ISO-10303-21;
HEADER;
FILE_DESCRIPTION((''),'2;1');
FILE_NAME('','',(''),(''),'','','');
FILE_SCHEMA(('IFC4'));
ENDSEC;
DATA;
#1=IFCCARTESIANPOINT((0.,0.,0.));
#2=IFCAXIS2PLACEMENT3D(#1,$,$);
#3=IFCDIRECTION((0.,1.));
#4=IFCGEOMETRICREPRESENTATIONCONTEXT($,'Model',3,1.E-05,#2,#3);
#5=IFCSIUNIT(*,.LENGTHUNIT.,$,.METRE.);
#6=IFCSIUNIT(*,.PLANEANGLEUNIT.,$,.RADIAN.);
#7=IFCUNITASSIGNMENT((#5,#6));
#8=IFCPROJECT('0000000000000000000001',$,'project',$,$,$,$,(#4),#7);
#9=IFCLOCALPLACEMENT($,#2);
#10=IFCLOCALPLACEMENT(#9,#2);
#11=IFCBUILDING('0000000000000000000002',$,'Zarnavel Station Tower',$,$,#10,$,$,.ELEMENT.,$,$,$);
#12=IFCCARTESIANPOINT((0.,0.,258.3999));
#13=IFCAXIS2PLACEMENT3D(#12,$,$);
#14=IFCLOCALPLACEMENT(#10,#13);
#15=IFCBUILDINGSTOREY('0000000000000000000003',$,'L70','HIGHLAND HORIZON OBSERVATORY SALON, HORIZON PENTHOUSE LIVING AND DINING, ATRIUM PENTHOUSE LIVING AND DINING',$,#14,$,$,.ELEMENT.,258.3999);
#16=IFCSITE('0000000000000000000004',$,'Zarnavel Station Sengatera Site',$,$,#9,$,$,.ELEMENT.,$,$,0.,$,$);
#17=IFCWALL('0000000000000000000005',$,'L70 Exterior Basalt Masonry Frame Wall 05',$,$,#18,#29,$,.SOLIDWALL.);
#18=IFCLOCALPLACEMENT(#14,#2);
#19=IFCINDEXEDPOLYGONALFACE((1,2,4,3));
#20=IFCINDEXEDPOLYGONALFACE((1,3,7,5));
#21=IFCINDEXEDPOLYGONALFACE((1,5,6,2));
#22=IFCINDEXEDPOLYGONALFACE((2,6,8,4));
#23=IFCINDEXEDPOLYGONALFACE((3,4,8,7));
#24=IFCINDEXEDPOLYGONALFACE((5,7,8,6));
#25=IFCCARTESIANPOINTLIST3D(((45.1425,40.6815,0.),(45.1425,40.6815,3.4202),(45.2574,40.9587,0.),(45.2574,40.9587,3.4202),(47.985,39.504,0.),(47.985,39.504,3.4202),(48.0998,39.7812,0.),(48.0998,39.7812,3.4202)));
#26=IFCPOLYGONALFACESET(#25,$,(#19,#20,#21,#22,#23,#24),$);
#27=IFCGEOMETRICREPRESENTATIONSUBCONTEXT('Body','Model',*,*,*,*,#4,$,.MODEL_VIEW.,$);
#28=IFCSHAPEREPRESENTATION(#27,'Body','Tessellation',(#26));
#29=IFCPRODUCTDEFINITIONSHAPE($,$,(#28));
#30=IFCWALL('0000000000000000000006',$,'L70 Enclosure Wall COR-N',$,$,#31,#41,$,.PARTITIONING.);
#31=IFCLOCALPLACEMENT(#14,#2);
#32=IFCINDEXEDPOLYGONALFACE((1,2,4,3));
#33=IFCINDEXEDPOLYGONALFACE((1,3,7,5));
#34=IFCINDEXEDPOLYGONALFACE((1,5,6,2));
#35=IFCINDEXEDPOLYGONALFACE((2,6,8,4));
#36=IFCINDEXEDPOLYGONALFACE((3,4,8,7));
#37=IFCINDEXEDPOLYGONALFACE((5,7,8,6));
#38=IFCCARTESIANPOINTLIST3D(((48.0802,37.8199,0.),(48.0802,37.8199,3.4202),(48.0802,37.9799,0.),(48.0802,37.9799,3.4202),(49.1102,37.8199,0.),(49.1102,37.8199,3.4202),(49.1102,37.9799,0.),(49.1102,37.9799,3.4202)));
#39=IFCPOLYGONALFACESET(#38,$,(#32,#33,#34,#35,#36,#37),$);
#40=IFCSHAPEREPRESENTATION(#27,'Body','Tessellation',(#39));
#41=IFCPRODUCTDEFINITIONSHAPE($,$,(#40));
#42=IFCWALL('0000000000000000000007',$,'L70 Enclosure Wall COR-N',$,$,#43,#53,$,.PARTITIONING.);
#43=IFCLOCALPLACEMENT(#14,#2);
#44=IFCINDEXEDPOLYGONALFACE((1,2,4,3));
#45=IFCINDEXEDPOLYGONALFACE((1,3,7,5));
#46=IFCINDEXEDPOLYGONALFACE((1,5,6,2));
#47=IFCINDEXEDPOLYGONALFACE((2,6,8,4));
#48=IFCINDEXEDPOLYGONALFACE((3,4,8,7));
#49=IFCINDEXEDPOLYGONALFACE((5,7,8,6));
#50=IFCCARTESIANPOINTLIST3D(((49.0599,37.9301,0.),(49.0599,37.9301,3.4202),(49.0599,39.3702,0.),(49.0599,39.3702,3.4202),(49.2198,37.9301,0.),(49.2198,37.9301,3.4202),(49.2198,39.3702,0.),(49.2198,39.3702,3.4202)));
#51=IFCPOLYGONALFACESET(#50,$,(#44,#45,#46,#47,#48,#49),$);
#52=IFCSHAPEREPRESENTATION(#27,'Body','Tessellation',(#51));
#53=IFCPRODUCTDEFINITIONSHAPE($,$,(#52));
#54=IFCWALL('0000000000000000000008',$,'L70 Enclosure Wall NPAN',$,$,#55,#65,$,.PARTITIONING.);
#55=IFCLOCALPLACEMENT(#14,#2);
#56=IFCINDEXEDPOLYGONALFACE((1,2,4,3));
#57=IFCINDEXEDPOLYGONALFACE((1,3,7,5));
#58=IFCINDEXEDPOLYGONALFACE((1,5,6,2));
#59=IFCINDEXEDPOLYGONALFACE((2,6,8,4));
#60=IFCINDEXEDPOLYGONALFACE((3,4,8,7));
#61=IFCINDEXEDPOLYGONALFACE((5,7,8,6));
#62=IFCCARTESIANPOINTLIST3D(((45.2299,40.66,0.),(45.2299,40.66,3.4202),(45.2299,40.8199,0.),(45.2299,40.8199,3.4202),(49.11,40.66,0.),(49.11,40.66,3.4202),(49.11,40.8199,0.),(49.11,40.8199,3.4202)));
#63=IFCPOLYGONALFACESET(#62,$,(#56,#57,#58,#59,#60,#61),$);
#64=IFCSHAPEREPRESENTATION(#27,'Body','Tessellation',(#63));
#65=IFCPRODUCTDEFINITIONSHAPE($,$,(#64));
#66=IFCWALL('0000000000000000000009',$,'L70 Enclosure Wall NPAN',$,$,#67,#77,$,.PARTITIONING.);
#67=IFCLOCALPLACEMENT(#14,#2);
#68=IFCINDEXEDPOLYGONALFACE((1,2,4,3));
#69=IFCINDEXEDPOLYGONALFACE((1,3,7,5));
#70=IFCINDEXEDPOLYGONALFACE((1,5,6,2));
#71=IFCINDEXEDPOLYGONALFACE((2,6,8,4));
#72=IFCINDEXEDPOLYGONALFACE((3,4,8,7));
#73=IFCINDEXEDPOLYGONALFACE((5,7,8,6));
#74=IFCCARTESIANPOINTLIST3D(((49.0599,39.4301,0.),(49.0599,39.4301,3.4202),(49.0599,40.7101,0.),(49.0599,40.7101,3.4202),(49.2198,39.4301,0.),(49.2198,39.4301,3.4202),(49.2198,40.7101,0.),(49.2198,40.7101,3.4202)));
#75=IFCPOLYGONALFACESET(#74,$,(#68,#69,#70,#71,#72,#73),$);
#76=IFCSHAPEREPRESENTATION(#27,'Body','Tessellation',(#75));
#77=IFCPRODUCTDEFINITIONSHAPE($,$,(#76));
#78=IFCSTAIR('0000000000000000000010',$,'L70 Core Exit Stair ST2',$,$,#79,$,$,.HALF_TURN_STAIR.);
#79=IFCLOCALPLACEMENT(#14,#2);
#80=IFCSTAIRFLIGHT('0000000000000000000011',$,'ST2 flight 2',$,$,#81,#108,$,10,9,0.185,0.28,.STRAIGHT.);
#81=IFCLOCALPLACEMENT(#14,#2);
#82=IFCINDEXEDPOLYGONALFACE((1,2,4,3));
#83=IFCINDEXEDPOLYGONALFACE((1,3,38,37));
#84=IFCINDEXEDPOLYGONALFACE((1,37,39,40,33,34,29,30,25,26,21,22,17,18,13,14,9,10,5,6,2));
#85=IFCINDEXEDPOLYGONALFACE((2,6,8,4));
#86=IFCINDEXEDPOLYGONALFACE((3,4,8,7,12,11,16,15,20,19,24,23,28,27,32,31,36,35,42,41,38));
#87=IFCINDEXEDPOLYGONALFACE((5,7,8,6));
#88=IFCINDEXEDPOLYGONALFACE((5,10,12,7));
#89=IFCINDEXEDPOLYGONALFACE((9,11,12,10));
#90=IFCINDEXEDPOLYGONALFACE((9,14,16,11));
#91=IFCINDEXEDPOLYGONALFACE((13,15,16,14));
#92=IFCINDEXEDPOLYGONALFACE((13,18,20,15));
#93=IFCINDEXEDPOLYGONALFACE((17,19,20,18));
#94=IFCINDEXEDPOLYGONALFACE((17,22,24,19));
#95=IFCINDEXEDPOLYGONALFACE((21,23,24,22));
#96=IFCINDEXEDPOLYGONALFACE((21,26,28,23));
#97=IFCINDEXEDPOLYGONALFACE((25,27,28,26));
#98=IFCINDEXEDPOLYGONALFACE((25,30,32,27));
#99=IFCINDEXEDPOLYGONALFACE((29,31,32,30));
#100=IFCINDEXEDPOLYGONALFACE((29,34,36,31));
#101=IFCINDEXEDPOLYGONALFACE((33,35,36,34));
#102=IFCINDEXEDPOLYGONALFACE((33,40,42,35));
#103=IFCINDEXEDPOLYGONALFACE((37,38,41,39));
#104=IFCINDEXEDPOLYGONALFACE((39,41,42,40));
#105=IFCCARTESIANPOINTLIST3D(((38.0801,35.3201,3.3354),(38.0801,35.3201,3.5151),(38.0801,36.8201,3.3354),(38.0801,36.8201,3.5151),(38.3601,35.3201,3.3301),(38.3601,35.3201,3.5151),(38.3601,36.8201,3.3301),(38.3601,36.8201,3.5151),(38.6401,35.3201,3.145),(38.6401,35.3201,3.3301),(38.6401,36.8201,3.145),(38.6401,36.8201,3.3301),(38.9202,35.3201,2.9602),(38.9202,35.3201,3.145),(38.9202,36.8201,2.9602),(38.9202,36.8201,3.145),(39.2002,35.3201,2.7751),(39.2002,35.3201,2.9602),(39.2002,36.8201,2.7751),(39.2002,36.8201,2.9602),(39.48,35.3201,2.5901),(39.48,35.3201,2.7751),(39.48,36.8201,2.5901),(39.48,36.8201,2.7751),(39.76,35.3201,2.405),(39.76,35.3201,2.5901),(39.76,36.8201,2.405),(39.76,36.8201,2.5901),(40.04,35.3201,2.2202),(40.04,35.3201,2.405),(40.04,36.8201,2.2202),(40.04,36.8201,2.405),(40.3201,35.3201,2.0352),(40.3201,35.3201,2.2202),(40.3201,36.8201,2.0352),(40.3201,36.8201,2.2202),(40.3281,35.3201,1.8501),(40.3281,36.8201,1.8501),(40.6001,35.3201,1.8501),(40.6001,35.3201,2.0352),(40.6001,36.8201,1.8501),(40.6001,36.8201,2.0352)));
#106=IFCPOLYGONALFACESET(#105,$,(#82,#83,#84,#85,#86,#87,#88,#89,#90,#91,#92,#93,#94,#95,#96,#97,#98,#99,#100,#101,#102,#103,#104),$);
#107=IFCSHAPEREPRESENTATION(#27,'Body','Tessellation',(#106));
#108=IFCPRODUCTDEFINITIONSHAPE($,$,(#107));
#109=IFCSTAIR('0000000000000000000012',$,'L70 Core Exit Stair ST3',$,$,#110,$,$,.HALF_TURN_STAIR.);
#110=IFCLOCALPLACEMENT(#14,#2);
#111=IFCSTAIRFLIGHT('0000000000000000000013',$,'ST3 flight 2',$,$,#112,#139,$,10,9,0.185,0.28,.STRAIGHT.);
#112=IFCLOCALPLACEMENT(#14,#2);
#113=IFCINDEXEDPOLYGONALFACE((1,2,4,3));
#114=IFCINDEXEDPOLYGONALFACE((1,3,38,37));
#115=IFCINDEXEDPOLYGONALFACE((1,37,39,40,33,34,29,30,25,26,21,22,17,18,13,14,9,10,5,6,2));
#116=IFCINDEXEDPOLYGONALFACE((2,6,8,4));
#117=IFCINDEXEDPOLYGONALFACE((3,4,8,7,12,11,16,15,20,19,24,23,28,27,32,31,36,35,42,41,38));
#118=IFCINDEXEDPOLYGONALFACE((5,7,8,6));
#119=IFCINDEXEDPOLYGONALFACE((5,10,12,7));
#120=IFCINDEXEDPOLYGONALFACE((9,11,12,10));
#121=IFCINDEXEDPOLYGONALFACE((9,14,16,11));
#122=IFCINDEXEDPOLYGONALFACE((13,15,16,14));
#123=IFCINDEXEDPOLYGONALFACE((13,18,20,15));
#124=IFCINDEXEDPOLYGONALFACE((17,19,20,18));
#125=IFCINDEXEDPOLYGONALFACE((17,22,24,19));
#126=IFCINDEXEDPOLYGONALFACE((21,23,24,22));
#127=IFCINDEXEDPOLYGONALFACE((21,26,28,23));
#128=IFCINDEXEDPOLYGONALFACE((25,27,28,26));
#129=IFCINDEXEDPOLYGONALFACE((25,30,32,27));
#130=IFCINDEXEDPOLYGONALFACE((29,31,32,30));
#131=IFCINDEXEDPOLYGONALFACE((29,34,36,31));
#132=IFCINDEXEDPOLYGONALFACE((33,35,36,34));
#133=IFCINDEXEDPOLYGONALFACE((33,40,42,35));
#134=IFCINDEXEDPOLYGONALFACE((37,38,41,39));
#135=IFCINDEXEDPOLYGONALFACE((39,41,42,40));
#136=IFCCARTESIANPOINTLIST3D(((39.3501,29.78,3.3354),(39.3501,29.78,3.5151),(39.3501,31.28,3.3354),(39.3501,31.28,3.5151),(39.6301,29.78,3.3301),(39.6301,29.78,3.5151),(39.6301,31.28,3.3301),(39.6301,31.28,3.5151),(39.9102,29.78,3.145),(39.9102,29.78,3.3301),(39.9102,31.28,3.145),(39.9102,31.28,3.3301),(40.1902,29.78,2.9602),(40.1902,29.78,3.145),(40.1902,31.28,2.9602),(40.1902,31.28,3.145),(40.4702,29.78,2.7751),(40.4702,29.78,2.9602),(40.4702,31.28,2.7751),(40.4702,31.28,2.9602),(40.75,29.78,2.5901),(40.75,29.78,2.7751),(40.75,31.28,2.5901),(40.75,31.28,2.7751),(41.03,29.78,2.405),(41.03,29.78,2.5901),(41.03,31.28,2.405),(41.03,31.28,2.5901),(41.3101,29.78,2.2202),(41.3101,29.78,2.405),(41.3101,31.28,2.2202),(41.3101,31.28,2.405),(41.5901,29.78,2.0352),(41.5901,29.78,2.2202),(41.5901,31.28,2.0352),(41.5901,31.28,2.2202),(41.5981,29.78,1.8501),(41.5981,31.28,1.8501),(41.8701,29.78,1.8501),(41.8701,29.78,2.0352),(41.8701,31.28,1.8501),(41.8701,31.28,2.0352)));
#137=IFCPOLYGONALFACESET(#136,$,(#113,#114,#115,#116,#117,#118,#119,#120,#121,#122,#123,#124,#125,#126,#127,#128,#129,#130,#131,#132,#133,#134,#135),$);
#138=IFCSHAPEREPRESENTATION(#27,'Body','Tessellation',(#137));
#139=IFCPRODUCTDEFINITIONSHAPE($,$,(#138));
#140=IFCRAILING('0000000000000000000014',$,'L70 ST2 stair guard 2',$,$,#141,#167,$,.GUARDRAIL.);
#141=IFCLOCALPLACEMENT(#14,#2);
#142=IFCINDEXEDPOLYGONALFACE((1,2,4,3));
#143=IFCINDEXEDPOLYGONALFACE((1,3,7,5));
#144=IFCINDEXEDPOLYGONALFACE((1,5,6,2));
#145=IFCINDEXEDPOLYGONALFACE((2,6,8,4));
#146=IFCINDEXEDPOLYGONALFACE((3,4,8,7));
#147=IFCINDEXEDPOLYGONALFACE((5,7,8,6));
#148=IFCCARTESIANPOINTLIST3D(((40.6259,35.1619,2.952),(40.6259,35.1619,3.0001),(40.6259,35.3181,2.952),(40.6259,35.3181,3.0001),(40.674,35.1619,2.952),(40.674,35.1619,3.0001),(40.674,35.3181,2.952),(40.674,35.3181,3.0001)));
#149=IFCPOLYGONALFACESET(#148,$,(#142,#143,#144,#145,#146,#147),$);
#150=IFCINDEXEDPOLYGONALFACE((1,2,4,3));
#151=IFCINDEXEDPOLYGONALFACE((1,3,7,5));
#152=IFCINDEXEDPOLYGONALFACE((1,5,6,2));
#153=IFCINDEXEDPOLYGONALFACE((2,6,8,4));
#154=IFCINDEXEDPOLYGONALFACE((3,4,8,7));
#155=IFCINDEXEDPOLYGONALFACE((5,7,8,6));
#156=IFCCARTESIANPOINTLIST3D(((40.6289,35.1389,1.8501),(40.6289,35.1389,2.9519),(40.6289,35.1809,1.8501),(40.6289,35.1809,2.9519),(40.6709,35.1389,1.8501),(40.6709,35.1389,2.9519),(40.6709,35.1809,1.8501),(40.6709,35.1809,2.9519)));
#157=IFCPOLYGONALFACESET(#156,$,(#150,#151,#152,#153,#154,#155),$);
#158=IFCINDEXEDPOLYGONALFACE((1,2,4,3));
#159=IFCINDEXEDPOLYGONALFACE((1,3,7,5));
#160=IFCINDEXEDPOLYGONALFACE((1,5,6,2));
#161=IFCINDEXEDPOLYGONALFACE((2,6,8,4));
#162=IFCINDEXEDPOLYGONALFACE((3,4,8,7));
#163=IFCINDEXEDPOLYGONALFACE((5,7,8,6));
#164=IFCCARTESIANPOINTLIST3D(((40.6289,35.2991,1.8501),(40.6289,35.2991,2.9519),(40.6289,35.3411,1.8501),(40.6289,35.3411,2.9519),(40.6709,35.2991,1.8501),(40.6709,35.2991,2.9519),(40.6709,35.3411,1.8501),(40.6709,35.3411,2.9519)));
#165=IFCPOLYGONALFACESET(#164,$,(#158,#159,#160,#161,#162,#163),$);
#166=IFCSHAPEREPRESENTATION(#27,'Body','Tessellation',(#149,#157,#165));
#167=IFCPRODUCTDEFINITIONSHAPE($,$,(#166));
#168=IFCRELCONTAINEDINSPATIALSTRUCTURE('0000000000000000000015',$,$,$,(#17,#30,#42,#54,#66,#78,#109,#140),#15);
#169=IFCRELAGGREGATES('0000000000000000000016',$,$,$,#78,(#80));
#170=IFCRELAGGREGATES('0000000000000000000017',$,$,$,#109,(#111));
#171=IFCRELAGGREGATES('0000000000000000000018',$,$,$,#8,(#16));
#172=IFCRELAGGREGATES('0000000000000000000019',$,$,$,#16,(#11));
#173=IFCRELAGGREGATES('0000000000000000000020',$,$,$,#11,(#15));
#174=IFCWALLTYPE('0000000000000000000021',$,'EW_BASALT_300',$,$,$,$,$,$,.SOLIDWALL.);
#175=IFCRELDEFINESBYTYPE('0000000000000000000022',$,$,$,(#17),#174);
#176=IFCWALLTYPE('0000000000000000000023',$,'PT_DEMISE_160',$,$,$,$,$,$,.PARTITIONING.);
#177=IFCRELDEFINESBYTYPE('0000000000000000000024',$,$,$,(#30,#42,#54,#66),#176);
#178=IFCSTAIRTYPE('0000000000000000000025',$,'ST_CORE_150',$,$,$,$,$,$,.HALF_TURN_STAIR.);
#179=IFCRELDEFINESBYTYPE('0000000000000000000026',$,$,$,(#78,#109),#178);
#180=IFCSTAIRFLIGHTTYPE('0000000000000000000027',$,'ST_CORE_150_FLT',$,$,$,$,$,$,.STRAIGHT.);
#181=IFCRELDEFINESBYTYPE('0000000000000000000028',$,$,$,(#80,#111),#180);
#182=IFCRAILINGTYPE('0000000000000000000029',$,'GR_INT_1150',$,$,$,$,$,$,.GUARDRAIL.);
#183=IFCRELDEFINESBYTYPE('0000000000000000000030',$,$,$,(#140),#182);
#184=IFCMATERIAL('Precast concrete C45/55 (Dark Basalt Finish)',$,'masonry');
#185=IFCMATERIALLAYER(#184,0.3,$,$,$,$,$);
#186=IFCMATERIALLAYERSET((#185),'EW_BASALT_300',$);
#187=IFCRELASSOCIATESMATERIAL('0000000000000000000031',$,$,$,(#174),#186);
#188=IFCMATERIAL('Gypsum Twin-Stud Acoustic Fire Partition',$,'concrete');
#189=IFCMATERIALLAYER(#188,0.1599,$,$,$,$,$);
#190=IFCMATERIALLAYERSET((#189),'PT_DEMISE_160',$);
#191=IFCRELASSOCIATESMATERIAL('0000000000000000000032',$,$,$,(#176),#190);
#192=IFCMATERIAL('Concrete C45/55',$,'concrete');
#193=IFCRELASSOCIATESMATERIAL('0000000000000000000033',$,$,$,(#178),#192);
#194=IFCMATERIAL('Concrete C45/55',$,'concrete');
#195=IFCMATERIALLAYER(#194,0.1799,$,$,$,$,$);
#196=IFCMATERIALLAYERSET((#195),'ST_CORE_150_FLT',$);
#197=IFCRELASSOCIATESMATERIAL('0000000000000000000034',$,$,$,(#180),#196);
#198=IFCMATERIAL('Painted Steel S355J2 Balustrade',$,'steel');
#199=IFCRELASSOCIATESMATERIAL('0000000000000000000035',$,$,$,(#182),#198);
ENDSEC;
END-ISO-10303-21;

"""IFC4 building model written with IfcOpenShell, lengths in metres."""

from ifc_helpers import new_model, si_unit, direction, frame, frame_2d, origin, origin_2d, place, context, subcontext, project, spatial, polyline, rectangle, outline, extrude, material, layer, layer_set, type_object, element, aggregate, save


model = new_model("IFC4")

# Units and contexts
model_context = context("Model", 3, precision=1e-05, world=origin(), true_north=direction((0.0, 1.0)))
body_context = subcontext(model_context, "Body", "Model", "MODEL_VIEW")
ifc_project = project(units=[si_unit("LENGTHUNIT", "METRE"), si_unit("PLANEANGLEUNIT", "RADIAN")], contexts=[model_context])

# Site, building, storey
site_placement = place(None, origin())
site = spatial("IfcSite", under=ifc_project, at=site_placement, Name="Zarnavel Station Sengatera Site", CompositionType="ELEMENT", RefElevation=0.0)
building_placement = place(site_placement, origin())
building = spatial("IfcBuilding", under=site, at=building_placement, Name="Zarnavel Station Tower", CompositionType="ELEMENT")
storey_placement = place(building_placement, frame((0.0, 0.0, 258.3999)))
storey = spatial("IfcBuildingStorey", under=building, at=storey_placement, Name="L70", Description="HIGHLAND HORIZON OBSERVATORY SALON, HORIZON PENTHOUSE LIVING AND DINING, ATRIUM PENTHOUSE LIVING AND DINING", CompositionType="ELEMENT", Elevation=258.3999)

# Shared definitions
ifc_material_1 = material(Name="Precast concrete C45/55 (Dark Basalt Finish)", Category="masonry")
ifc_layer_1 = layer(ifc_material_1, 0.3)
ifc_layer_set_1 = layer_set([ifc_layer_1], Name="EW_BASALT_300")
wall_type_1 = type_object("IfcWallType", Name="EW_BASALT_300", PredefinedType="SOLIDWALL", material=ifc_layer_set_1)

# Walls
for number, where, z_axis, x_axis, name in (
    (1, (45.2, 40.8201, 0.0), (0.0, 0.0, 1.0), (0.923871, -0.382705, 0.0), "L70 Exterior Basalt Masonry Frame Wall 05"),
):
    element("IfcWall", number, at=place(storey_placement, frame(where, z_axis=z_axis, x_axis=x_axis)), inside=storey, type_object=wall_type_1, Name=name, PredefinedType="SOLIDWALL", context=body_context, shape_type="SweptSolid", body=[
        extrude(rectangle(XDim=3.0767, YDim=0.3, at=frame_2d((1.5383, 0.0))), origin(), (0.0, 0.0, 1.0), 3.4202),
    ])
ifc_material_2 = material(Name="Gypsum Twin-Stud Acoustic Fire Partition", Category="concrete")
ifc_layer_2 = layer(ifc_material_2, 0.1599)
ifc_layer_set_2 = layer_set([ifc_layer_2], Name="PT_DEMISE_160")
wall_type_2 = type_object("IfcWallType", Name="PT_DEMISE_160", PredefinedType="PARTITIONING", material=ifc_layer_set_2)
wall_1_placement = place(storey_placement, frame((48.0801, 37.8999, 0.0), z_axis=(0.0, 0.0, 1.0), x_axis=(1.0, 0.0, 0.0)))
element("IfcWall", 2, at=wall_1_placement, inside=storey, type_object=wall_type_2, Name="L70 Enclosure Wall COR-N", PredefinedType="PARTITIONING", context=body_context, shape_type="SweptSolid", body=[
    extrude(rectangle(XDim=1.03, YDim=0.1599, at=frame_2d((0.5151, 0.0))), origin(), (0.0, 0.0, 1.0), 3.4202),
])
wall_2_placement = place(storey_placement, frame((49.1399, 37.9299, 0.0), z_axis=(0.0, 0.0, 1.0), x_axis=(0.0, 1.0, 0.0)))
element("IfcWall", 3, at=wall_2_placement, inside=storey, type_object=wall_type_2, Name="L70 Enclosure Wall COR-N", PredefinedType="PARTITIONING", context=body_context, shape_type="SweptSolid", body=[
    extrude(rectangle(XDim=1.4402, YDim=0.1599, at=frame_2d((0.7202, 0.0))), origin(), (0.0, 0.0, 1.0), 3.4202),
])
wall_3_placement = place(storey_placement, frame((45.23, 40.74, 0.0), z_axis=(0.0, 0.0, 1.0), x_axis=(1.0, 0.0, 0.0)))
element("IfcWall", 4, at=wall_3_placement, inside=storey, type_object=wall_type_2, Name="L70 Enclosure Wall NPAN", PredefinedType="PARTITIONING", context=body_context, shape_type="SweptSolid", body=[
    extrude(rectangle(XDim=3.8801, YDim=0.1599, at=frame_2d((1.9399, 0.0))), origin(), (0.0, 0.0, 1.0), 3.4202),
])
wall_4_placement = place(storey_placement, frame((49.1399, 39.4299, 0.0), z_axis=(0.0, 0.0, 1.0), x_axis=(0.0, 1.0, 0.0)))
element("IfcWall", 5, at=wall_4_placement, inside=storey, type_object=wall_type_2, Name="L70 Enclosure Wall NPAN", PredefinedType="PARTITIONING", context=body_context, shape_type="SweptSolid", body=[
    extrude(rectangle(XDim=1.28, YDim=0.1599, at=frame_2d((0.6401, 0.0))), origin(), (0.0, 0.0, 1.0), 3.4202),
])

# Stairs, stair flights
ifc_material_3 = material(Name="Concrete C45/55", Category="concrete")
stair_type = type_object("IfcStairType", Name="ST_CORE_150", PredefinedType="HALF_TURN_STAIR", material=ifc_material_3)
stair_1_placement = place(storey_placement, origin())
stair_1 = element("IfcStair", 6, at=stair_1_placement, inside=storey, type_object=stair_type, Name="L70 Core Exit Stair ST2", PredefinedType="HALF_TURN_STAIR")
ifc_material_4 = material(Name="Concrete C45/55", Category="concrete")
ifc_layer_3 = layer(ifc_material_4, 0.1799)
ifc_layer_set_3 = layer_set([ifc_layer_3], Name="ST_CORE_150_FLT")
stair_flight_type = type_object("IfcStairFlightType", Name="ST_CORE_150_FLT", PredefinedType="STRAIGHT", material=ifc_layer_set_3)
stair_flight_1_placement = place(storey_placement, frame((40.6001, 36.0701, 1.8501), z_axis=(0.0, 0.0, 1.0), x_axis=(-1.0, 0.0, 0.0)))
stair_flight_1 = element("IfcStairFlight", 7, at=stair_flight_1_placement, type_object=stair_flight_type, Name="ST2 flight 2", NumberOfRisers=10, NumberOfTreads=9, PredefinedType="STRAIGHT", RiserHeight=0.185, TreadLength=0.28, context=body_context, shape_type="SweptSolid", body=[
    extrude(outline(polyline([(0.0, 0.0), (0.0, 0.1851), (0.28, 0.1851), (0.28, 0.3701), (0.5601, 0.3701), (0.5601, 0.5549), (0.8401, 0.5549), (0.8401, 0.74), (1.1201, 0.74), (1.1201, 0.925), (1.3999, 0.925), (1.3999, 1.1101), (1.6799, 1.1101), (1.6799, 1.2949), (1.96, 1.2949), (1.96, 1.48), (2.24, 1.48), (2.24, 1.665), (2.52, 1.665), (2.52, 1.8501), (2.52, 1.4854), (0.272, 0.0), (0.0, 0.0)])), frame((0.0, 0.75, 0.0), z_axis=(0.0, -1.0, 0.0), x_axis=(1.0, 0.0, 0.0)), (0.0, 0.0, 1.0), 1.5),
])
aggregate(stair_1, [stair_flight_1])
stair_2_placement = place(storey_placement, origin())
stair_2 = element("IfcStair", 8, at=stair_2_placement, inside=storey, type_object=stair_type, Name="L70 Core Exit Stair ST3", PredefinedType="HALF_TURN_STAIR")
stair_flight_2_placement = place(storey_placement, frame((41.8701, 30.53, 1.8501), z_axis=(0.0, 0.0, 1.0), x_axis=(-1.0, 0.0, 0.0)))
stair_flight_2 = element("IfcStairFlight", 9, at=stair_flight_2_placement, type_object=stair_flight_type, Name="ST3 flight 2", NumberOfRisers=10, NumberOfTreads=9, PredefinedType="STRAIGHT", RiserHeight=0.185, TreadLength=0.28, context=body_context, shape_type="SweptSolid", body=[
    extrude(outline(polyline([(0.0, 0.0), (0.0, 0.1851), (0.28, 0.1851), (0.28, 0.3701), (0.5601, 0.3701), (0.5601, 0.5549), (0.8401, 0.5549), (0.8401, 0.74), (1.1201, 0.74), (1.1201, 0.925), (1.3999, 0.925), (1.3999, 1.1101), (1.6799, 1.1101), (1.6799, 1.2949), (1.96, 1.2949), (1.96, 1.48), (2.24, 1.48), (2.24, 1.665), (2.52, 1.665), (2.52, 1.8501), (2.52, 1.4854), (0.272, 0.0), (0.0, 0.0)])), frame((0.0, 0.75, 0.0), z_axis=(0.0, -1.0, 0.0), x_axis=(1.0, 0.0, 0.0)), (0.0, 0.0, 1.0), 1.5),
])
aggregate(stair_2, [stair_flight_2])

# Railing
ifc_material_5 = material(Name="Painted Steel S355J2 Balustrade", Category="steel")
railing_type_1 = type_object("IfcRailingType", Name="GR_INT_1150", PredefinedType="GUARDRAIL", material=ifc_material_5)
railing_1_placement = place(storey_placement, frame((40.6499, 35.1599, 1.8501)))
element("IfcRailing", 10, at=railing_1_placement, inside=storey, type_object=railing_type_1, Name="L70 ST2 stair guard 2", PredefinedType="GUARDRAIL", context=body_context, shape_type="SweptSolid", body=[
    extrude(rectangle(XDim=0.0481, YDim=0.0481, at=origin_2d()), frame((0.0, 0.002, 1.126), z_axis=(0.0, 1.0, 0.0), x_axis=(-1.0, 0.0, 0.0)), (0.0, 0.0, 1.0), 0.1562),
    extrude(rectangle(XDim=0.042, YDim=0.042, at=origin_2d()), origin(), (0.0, 0.0, 1.0), 1.1018),
    extrude(rectangle(XDim=0.042, YDim=0.042, at=origin_2d()), frame((0.0, 0.1602, 0.0)), (0.0, 0.0, 1.0), 1.1018),
])

save(model, "model.ifc")
